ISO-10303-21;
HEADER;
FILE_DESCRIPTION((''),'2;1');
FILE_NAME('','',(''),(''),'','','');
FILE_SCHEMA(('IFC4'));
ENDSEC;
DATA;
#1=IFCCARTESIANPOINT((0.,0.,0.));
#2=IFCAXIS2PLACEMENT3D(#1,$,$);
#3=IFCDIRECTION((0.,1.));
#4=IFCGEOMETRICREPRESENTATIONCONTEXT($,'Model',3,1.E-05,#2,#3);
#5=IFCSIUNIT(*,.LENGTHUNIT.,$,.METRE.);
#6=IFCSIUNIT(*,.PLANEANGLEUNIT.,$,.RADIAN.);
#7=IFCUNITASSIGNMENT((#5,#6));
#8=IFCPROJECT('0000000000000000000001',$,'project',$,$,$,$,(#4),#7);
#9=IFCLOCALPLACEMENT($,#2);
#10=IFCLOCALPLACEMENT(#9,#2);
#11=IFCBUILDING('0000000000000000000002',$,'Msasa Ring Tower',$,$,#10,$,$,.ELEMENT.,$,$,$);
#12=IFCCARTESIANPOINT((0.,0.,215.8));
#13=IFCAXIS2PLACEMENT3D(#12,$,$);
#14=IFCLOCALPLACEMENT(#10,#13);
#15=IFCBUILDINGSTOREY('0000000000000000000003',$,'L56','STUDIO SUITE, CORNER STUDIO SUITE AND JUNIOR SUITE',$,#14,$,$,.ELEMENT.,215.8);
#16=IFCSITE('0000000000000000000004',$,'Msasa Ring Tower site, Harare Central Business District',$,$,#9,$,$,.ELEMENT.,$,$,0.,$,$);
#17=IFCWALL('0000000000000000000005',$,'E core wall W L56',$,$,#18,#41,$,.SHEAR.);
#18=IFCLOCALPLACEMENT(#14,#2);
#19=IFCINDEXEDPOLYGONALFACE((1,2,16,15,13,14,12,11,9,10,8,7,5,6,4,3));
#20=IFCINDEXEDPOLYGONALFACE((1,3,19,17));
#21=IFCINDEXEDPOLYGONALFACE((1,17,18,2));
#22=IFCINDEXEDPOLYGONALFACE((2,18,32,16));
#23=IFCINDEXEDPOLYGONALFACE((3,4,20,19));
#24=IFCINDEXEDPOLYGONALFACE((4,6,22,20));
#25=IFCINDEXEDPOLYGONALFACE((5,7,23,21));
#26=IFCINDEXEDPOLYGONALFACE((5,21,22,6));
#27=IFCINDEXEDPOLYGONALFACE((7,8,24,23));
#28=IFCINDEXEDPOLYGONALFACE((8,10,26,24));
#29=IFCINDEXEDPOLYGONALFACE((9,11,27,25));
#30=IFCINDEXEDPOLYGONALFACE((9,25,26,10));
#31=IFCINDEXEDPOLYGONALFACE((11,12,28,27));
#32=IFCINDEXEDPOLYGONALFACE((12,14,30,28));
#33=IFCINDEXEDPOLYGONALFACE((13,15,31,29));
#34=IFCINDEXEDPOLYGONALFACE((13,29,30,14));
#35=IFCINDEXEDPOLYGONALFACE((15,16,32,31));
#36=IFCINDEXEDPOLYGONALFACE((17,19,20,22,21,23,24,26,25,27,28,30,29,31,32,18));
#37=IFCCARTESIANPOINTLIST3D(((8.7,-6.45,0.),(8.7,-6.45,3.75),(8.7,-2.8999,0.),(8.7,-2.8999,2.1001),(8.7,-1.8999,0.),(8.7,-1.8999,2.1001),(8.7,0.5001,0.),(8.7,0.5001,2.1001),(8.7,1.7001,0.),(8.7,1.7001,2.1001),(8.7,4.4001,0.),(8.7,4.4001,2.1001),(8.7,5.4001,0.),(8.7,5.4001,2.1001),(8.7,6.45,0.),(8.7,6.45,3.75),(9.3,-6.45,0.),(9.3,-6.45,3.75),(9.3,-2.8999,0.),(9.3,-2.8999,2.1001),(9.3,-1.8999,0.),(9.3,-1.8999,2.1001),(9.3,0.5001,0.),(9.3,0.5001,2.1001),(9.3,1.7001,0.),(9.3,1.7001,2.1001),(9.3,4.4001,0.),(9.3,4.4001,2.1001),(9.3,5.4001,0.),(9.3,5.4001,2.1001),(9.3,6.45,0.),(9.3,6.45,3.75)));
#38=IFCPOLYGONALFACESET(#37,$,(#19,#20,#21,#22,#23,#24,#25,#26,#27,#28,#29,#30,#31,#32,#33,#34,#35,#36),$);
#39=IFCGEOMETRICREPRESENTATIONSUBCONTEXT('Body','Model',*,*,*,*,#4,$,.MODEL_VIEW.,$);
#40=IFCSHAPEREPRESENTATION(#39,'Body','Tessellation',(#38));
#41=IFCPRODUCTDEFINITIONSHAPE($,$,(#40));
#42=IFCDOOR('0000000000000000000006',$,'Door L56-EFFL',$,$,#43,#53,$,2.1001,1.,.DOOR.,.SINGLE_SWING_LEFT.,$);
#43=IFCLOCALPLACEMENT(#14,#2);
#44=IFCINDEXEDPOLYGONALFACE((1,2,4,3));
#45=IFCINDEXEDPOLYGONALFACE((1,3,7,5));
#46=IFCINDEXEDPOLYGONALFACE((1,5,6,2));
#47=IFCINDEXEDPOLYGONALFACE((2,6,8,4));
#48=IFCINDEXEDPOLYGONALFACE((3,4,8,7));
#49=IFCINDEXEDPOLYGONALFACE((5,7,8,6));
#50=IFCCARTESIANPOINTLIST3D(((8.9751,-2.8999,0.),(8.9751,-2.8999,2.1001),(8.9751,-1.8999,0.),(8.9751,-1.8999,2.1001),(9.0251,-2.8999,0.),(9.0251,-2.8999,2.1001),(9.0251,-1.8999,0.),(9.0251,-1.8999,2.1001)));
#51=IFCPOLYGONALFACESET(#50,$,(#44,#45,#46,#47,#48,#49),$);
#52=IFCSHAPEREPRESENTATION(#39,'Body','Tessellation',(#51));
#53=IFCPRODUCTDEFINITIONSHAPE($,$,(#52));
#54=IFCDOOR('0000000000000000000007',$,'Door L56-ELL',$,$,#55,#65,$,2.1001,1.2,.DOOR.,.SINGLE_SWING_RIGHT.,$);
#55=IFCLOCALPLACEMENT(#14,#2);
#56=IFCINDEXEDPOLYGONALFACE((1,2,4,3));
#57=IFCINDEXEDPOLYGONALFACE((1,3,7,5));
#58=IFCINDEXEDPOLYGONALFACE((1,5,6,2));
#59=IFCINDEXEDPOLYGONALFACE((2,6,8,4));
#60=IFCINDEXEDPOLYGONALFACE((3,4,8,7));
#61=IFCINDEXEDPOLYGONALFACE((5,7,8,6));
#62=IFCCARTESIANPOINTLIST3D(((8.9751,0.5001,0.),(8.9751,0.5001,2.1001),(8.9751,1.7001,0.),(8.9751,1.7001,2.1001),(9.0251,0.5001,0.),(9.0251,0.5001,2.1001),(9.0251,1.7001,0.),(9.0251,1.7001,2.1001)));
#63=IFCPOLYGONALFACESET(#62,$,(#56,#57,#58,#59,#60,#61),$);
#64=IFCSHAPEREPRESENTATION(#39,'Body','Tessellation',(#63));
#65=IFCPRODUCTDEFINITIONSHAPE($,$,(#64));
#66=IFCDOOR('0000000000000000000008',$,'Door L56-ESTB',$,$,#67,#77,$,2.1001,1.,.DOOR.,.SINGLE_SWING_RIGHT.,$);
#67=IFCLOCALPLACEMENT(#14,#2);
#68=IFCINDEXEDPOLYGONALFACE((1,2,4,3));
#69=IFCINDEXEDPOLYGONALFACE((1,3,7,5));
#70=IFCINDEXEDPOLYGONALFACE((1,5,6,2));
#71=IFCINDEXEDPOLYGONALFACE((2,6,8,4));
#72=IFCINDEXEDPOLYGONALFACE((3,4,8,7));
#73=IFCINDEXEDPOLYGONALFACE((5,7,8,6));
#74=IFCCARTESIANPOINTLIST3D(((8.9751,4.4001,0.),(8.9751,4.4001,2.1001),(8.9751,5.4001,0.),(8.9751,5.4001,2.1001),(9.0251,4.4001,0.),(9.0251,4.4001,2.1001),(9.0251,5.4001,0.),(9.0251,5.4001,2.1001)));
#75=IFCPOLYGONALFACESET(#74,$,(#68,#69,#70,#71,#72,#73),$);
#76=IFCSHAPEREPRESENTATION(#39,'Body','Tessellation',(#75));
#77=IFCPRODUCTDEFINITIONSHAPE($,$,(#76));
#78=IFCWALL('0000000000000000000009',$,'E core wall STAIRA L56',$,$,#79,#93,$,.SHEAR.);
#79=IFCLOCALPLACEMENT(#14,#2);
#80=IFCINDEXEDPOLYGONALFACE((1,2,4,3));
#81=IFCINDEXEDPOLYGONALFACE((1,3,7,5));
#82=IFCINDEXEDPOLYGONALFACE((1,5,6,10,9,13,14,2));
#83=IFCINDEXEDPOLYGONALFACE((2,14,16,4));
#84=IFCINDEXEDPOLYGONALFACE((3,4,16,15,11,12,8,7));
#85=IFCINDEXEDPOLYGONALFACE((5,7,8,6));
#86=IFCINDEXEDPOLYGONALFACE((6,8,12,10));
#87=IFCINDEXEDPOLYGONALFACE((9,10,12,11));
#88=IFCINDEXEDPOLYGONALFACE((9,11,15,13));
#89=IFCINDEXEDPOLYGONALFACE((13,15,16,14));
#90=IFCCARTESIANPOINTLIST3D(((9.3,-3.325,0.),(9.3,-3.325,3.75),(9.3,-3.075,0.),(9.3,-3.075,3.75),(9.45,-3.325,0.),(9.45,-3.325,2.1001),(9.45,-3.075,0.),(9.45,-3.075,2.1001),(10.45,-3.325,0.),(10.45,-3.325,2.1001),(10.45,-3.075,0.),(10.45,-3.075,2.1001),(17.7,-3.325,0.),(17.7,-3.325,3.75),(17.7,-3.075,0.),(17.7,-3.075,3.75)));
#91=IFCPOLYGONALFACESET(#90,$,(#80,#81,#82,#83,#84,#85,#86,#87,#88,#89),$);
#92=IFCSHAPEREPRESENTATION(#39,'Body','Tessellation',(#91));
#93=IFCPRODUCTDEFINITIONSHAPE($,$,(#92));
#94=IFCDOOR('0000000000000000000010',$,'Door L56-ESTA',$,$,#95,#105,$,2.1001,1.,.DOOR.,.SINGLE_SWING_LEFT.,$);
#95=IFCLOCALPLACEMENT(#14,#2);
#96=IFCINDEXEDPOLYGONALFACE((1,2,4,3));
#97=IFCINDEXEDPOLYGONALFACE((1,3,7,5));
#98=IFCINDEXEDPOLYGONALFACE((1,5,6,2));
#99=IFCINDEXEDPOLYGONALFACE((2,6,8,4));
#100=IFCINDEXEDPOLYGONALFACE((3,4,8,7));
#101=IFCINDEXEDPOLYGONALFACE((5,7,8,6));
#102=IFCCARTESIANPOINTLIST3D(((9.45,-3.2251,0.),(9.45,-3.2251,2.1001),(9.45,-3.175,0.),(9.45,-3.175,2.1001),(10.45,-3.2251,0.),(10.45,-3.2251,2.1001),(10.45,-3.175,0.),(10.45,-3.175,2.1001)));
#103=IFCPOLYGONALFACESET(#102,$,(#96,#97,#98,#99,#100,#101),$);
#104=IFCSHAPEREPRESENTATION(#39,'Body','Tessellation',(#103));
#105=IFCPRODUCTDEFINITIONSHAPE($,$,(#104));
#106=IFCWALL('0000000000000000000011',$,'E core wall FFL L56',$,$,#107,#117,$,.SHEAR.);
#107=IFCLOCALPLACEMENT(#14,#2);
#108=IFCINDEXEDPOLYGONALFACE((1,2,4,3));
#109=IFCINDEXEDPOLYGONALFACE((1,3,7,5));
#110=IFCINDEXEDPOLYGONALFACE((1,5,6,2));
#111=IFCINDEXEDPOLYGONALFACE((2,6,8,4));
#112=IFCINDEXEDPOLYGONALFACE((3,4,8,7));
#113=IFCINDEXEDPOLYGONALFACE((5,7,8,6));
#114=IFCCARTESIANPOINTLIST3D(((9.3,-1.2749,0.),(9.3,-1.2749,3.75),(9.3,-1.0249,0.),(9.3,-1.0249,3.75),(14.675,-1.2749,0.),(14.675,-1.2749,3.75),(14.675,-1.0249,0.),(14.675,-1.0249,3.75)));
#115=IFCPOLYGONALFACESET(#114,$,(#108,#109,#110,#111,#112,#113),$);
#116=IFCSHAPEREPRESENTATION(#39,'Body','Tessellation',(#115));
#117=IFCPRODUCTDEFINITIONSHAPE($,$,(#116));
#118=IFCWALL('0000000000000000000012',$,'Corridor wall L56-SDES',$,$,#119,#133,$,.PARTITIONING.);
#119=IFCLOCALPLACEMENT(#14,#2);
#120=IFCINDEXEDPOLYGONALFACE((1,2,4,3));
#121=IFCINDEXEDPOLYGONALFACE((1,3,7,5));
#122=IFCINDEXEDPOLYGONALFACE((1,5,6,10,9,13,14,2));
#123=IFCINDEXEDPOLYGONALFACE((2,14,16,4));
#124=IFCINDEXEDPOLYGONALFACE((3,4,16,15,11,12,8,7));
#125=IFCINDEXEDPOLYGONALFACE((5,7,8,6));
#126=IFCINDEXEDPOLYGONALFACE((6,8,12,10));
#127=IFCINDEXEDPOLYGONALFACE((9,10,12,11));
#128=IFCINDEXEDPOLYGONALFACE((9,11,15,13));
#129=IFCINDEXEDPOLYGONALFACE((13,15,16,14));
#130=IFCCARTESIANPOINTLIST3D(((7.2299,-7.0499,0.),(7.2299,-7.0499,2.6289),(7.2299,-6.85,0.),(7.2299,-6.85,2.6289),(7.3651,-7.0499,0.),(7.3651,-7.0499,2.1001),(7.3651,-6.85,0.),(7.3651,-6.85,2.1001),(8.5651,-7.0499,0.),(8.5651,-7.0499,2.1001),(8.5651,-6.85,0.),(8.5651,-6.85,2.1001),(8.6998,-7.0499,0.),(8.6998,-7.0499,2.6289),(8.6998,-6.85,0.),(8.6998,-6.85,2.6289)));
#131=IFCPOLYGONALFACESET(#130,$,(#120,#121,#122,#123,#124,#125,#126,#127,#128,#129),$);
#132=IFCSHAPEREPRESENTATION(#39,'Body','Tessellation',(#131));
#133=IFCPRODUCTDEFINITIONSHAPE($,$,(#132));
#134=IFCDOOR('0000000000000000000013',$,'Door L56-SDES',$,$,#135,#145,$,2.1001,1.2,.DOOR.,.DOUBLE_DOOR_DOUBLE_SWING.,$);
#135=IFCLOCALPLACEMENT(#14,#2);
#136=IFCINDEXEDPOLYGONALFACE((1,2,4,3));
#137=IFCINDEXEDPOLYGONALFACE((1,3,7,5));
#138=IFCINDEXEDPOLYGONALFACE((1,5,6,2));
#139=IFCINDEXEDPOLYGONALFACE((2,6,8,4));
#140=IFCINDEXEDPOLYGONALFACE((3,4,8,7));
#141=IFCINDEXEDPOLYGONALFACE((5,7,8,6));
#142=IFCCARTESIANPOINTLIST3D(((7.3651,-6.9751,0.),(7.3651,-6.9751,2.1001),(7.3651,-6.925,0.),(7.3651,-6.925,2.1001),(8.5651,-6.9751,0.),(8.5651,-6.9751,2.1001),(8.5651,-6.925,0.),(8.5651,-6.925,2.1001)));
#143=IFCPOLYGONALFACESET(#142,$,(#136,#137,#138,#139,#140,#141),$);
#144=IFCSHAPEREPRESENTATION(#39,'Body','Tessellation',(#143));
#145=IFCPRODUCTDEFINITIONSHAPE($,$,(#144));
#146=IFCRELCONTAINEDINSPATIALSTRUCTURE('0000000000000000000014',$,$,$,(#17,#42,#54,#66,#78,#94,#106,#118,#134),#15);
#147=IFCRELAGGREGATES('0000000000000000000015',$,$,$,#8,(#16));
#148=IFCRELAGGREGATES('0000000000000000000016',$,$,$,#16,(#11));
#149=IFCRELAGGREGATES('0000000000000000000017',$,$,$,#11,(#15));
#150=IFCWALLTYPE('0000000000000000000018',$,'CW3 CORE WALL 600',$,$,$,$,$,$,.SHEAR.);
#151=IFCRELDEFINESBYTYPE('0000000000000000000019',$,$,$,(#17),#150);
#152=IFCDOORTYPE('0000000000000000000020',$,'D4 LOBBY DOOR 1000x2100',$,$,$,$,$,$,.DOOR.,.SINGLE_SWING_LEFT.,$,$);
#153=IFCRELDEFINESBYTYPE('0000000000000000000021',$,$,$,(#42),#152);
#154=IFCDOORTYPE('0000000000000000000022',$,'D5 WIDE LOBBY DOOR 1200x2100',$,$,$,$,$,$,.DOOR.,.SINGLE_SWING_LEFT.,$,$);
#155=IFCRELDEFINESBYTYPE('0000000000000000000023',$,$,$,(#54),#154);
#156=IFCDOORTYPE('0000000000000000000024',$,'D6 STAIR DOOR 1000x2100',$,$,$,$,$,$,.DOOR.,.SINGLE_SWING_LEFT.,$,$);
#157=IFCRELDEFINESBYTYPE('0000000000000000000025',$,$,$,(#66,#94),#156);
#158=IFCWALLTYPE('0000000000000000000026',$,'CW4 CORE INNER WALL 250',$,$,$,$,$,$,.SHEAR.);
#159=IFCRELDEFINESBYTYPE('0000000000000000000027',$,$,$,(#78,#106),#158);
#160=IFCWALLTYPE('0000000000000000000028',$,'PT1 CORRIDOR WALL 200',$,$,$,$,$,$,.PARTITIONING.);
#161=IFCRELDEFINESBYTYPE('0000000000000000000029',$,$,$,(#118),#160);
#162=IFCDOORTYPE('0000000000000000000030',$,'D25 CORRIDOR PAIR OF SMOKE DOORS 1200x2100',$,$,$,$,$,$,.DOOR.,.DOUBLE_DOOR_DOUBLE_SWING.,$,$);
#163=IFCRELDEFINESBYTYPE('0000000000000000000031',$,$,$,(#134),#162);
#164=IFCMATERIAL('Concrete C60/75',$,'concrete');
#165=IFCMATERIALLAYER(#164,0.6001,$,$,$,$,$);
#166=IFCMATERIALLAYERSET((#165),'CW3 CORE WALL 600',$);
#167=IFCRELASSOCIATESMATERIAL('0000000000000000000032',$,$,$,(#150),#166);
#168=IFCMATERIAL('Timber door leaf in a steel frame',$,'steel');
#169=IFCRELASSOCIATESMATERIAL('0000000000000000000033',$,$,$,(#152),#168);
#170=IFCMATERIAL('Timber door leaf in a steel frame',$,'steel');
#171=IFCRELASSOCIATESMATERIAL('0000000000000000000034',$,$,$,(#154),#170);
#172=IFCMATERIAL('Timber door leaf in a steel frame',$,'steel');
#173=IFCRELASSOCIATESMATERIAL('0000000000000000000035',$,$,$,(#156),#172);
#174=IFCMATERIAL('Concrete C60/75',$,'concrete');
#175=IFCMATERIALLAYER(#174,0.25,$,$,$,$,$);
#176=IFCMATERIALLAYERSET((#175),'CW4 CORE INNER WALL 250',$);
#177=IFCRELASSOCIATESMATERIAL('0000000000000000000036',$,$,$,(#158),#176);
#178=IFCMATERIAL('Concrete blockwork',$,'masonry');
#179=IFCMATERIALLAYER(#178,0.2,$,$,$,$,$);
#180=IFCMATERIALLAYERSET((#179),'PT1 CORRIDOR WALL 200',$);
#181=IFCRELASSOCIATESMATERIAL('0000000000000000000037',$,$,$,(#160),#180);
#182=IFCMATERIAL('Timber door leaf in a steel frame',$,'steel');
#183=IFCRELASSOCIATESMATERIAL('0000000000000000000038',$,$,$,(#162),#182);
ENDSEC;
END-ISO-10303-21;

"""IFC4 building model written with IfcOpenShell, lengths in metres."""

from ifc_helpers import new_model, si_unit, direction, frame, frame_2d, origin, place, context, subcontext, project, spatial, rectangle, extrude, material, layer, layer_set, type_object, element, fill, save


model = new_model("IFC4")

# Units and contexts
model_context = context("Model", 3, precision=1e-05, world=origin(), true_north=direction((0.0, 1.0)))
body_context = subcontext(model_context, "Body", "Model", "MODEL_VIEW")
ifc_project = project(units=[si_unit("LENGTHUNIT", "METRE"), si_unit("PLANEANGLEUNIT", "RADIAN")], contexts=[model_context])

# Site, building, storey
site_placement = place(None, origin())
site = spatial("IfcSite", under=ifc_project, at=site_placement, Name="Msasa Ring Tower site, Harare Central Business District", CompositionType="ELEMENT", RefElevation=0.0)
building_placement = place(site_placement, origin())
building = spatial("IfcBuilding", under=site, at=building_placement, Name="Msasa Ring Tower", CompositionType="ELEMENT")
storey_placement = place(building_placement, frame((0.0, 0.0, 215.8)))
storey = spatial("IfcBuildingStorey", under=building, at=storey_placement, Name="L56", Description="STUDIO SUITE, CORNER STUDIO SUITE AND JUNIOR SUITE", CompositionType="ELEMENT", Elevation=215.8)

# Shared definitions
ifc_material_1 = material(Name="Concrete C60/75", Category="concrete")
ifc_layer_1 = layer(ifc_material_1, 0.6001)
ifc_layer_set_1 = layer_set([ifc_layer_1], Name="CW3 CORE WALL 600")
wall_type_1 = type_object("IfcWallType", Name="CW3 CORE WALL 600", PredefinedType="SHEAR", material=ifc_layer_set_1)

# Wall, openings, doors
wall_1_placement = place(storey_placement, frame((9.0, -6.45, 0.0), z_axis=(0.0, 0.0, 1.0), x_axis=(0.0, 1.0, 0.0)))
wall_1 = element("IfcWall", 1, at=wall_1_placement, inside=storey, type_object=wall_type_1, Name="E core wall W L56", PredefinedType="SHEAR", context=body_context, shape_type="SweptSolid", body=[
    extrude(rectangle(XDim=12.8999, YDim=0.6001, at=frame_2d((6.45, 0.0))), origin(), (0.0, 0.0, 1.0), 3.75),
])
opening_1_placement = place(wall_1_placement, frame((3.55, 0.0, 0.0)))
opening_1 = element("IfcOpeningElement", 2, at=opening_1_placement, cuts=wall_1, PredefinedType="OPENING", context=body_context, shape_type="SweptSolid", body=[
    extrude(rectangle(XDim=1.0, YDim=2.1001, at=frame_2d((0.5, 1.05))), frame((0.0, 0.3101, 0.0), z_axis=(0.0, -1.0, 0.0), x_axis=(1.0, 0.0, 0.0)), (0.0, 0.0, 1.0), 0.6201),
])
opening_2_placement = place(wall_1_placement, frame((6.95, 0.0, 0.0)))
opening_2 = element("IfcOpeningElement", 3, at=opening_2_placement, cuts=wall_1, PredefinedType="OPENING", context=body_context, shape_type="SweptSolid", body=[
    extrude(rectangle(XDim=1.2, YDim=2.1001, at=frame_2d((0.6001, 1.05))), frame((0.0, 0.3101, 0.0), z_axis=(0.0, -1.0, 0.0), x_axis=(1.0, 0.0, 0.0)), (0.0, 0.0, 1.0), 0.6201),
])
opening_3_placement = place(wall_1_placement, frame((10.8501, 0.0, 0.0)))
opening_3 = element("IfcOpeningElement", 4, at=opening_3_placement, cuts=wall_1, PredefinedType="OPENING", context=body_context, shape_type="SweptSolid", body=[
    extrude(rectangle(XDim=1.0, YDim=2.1001, at=frame_2d((0.5, 1.05))), frame((0.0, 0.3101, 0.0), z_axis=(0.0, -1.0, 0.0), x_axis=(1.0, 0.0, 0.0)), (0.0, 0.0, 1.0), 0.6201),
])
ifc_material_2 = material(Name="Timber door leaf in a steel frame", Category="steel")
door_type_1 = type_object("IfcDoorType", Name="D4 LOBBY DOOR 1000x2100", OperationType="SINGLE_SWING_LEFT", PredefinedType="DOOR", material=ifc_material_2)
door_1_placement = place(opening_1_placement, origin())
door_1 = element("IfcDoor", 5, at=door_1_placement, inside=storey, type_object=door_type_1, Name="Door L56-EFFL", OperationType="SINGLE_SWING_LEFT", OverallHeight=2.1001, OverallWidth=1.0, PredefinedType="DOOR", context=body_context, shape_type="SweptSolid", body=[
    extrude(rectangle(XDim=1.0, YDim=2.1001, at=frame_2d((0.5, 1.05))), frame((0.0, 0.0249, 0.0), z_axis=(0.0, -1.0, 0.0), x_axis=(1.0, 0.0, 0.0)), (0.0, 0.0, 1.0), 0.05),
])
fill(opening_1, door_1)
ifc_material_3 = material(Name="Timber door leaf in a steel frame", Category="steel")
door_type_2 = type_object("IfcDoorType", Name="D5 WIDE LOBBY DOOR 1200x2100", OperationType="SINGLE_SWING_LEFT", PredefinedType="DOOR", material=ifc_material_3)
door_2_placement = place(opening_2_placement, origin())
door_2 = element("IfcDoor", 6, at=door_2_placement, inside=storey, type_object=door_type_2, Name="Door L56-ELL", OperationType="SINGLE_SWING_RIGHT", OverallHeight=2.1001, OverallWidth=1.2, PredefinedType="DOOR", context=body_context, shape_type="SweptSolid", body=[
    extrude(rectangle(XDim=1.2, YDim=2.1001, at=frame_2d((0.6001, 1.05))), frame((0.0, 0.0249, 0.0), z_axis=(0.0, -1.0, 0.0), x_axis=(1.0, 0.0, 0.0)), (0.0, 0.0, 1.0), 0.05),
])
fill(opening_2, door_2)
ifc_material_4 = material(Name="Timber door leaf in a steel frame", Category="steel")
door_type_3 = type_object("IfcDoorType", Name="D6 STAIR DOOR 1000x2100", OperationType="SINGLE_SWING_LEFT", PredefinedType="DOOR", material=ifc_material_4)
door_3_placement = place(opening_3_placement, origin())
door_3 = element("IfcDoor", 7, at=door_3_placement, inside=storey, type_object=door_type_3, Name="Door L56-ESTB", OperationType="SINGLE_SWING_RIGHT", OverallHeight=2.1001, OverallWidth=1.0, PredefinedType="DOOR", context=body_context, shape_type="SweptSolid", body=[
    extrude(rectangle(XDim=1.0, YDim=2.1001, at=frame_2d((0.5, 1.05))), frame((0.0, 0.0249, 0.0), z_axis=(0.0, -1.0, 0.0), x_axis=(1.0, 0.0, 0.0)), (0.0, 0.0, 1.0), 0.05),
])
fill(opening_3, door_3)

# Wall, opening, door
ifc_material_5 = material(Name="Concrete C60/75", Category="concrete")
ifc_layer_2 = layer(ifc_material_5, 0.25)
ifc_layer_set_2 = layer_set([ifc_layer_2], Name="CW4 CORE INNER WALL 250")
wall_type_2 = type_object("IfcWallType", Name="CW4 CORE INNER WALL 250", PredefinedType="SHEAR", material=ifc_layer_set_2)
wall_2_placement = place(storey_placement, frame((9.3, -3.2, 0.0), z_axis=(0.0, 0.0, 1.0), x_axis=(1.0, 0.0, 0.0)))
wall_2 = element("IfcWall", 8, at=wall_2_placement, inside=storey, type_object=wall_type_2, Name="E core wall STAIRA L56", PredefinedType="SHEAR", context=body_context, shape_type="SweptSolid", body=[
    extrude(rectangle(XDim=8.3999, YDim=0.25, at=frame_2d((4.2, 0.0))), origin(), (0.0, 0.0, 1.0), 3.75),
])
opening_4_placement = place(wall_2_placement, frame((0.1499, 0.0, 0.0)))
opening_4 = element("IfcOpeningElement", 9, at=opening_4_placement, cuts=wall_2, PredefinedType="OPENING", context=body_context, shape_type="SweptSolid", body=[
    extrude(rectangle(XDim=1.0, YDim=2.1001, at=frame_2d((0.5, 1.05))), frame((0.0, 0.135, 0.0), z_axis=(0.0, -1.0, 0.0), x_axis=(1.0, 0.0, 0.0)), (0.0, 0.0, 1.0), 0.27),
])
door_4_placement = place(opening_4_placement, origin())
door_4 = element("IfcDoor", 10, at=door_4_placement, inside=storey, type_object=door_type_3, Name="Door L56-ESTA", OperationType="SINGLE_SWING_LEFT", OverallHeight=2.1001, OverallWidth=1.0, PredefinedType="DOOR", context=body_context, shape_type="SweptSolid", body=[
    extrude(rectangle(XDim=1.0, YDim=2.1001, at=frame_2d((0.5, 1.05))), frame((0.0, 0.0249, 0.0), z_axis=(0.0, -1.0, 0.0), x_axis=(1.0, 0.0, 0.0)), (0.0, 0.0, 1.0), 0.05),
])
fill(opening_4, door_4)

# Wall
wall_3_placement = place(storey_placement, frame((9.3, -1.1499, 0.0), z_axis=(0.0, 0.0, 1.0), x_axis=(1.0, 0.0, 0.0)))
element("IfcWall", 11, at=wall_3_placement, inside=storey, type_object=wall_type_2, Name="E core wall FFL L56", PredefinedType="SHEAR", context=body_context, shape_type="SweptSolid", body=[
    extrude(rectangle(XDim=5.375, YDim=0.25, at=frame_2d((2.6875, 0.0))), origin(), (0.0, 0.0, 1.0), 3.75),
])

# Wall, opening, door
ifc_material_6 = material(Name="Concrete blockwork", Category="masonry")
ifc_layer_3 = layer(ifc_material_6, 0.2)
ifc_layer_set_3 = layer_set([ifc_layer_3], Name="PT1 CORRIDOR WALL 200")
wall_type_3 = type_object("IfcWallType", Name="PT1 CORRIDOR WALL 200", PredefinedType="PARTITIONING", material=ifc_layer_set_3)
wall_4_placement = place(storey_placement, frame((7.23, -6.95, 0.0), z_axis=(0.0, 0.0, 1.0), x_axis=(1.0, 0.0, 0.0)))
wall_4 = element("IfcWall", 12, at=wall_4_placement, inside=storey, type_object=wall_type_3, Name="Corridor wall L56-SDES", PredefinedType="PARTITIONING", context=body_context, shape_type="SweptSolid", body=[
    extrude(rectangle(XDim=1.47, YDim=0.2, at=frame_2d((0.7349, 0.0))), origin(), (0.0, 0.0, 1.0), 2.6289),
])
opening_5_placement = place(wall_4_placement, frame((0.135, 0.0, 0.0)))
opening_5 = element("IfcOpeningElement", 13, at=opening_5_placement, cuts=wall_4, PredefinedType="OPENING", context=body_context, shape_type="SweptSolid", body=[
    extrude(rectangle(XDim=1.2, YDim=2.1001, at=frame_2d((0.6001, 1.05))), frame((0.0, 0.1099, 0.0), z_axis=(0.0, -1.0, 0.0), x_axis=(1.0, 0.0, 0.0)), (0.0, 0.0, 1.0), 0.22),
])
ifc_material_7 = material(Name="Timber door leaf in a steel frame", Category="steel")
door_type_4 = type_object("IfcDoorType", Name="D25 CORRIDOR PAIR OF SMOKE DOORS 1200x2100", OperationType="DOUBLE_DOOR_DOUBLE_SWING", PredefinedType="DOOR", material=ifc_material_7)
door_5_placement = place(opening_5_placement, origin())
door_5 = element("IfcDoor", 14, at=door_5_placement, inside=storey, type_object=door_type_4, Name="Door L56-SDES", OperationType="DOUBLE_DOOR_DOUBLE_SWING", OverallHeight=2.1001, OverallWidth=1.2, PredefinedType="DOOR", context=body_context, shape_type="SweptSolid", body=[
    extrude(rectangle(XDim=1.2, YDim=2.1001, at=frame_2d((0.6001, 1.05))), frame((0.0, 0.0249, 0.0), z_axis=(0.0, -1.0, 0.0), x_axis=(1.0, 0.0, 0.0)), (0.0, 0.0, 1.0), 0.05),
])
fill(opening_5, door_5)

save(model, "model.ifc")
